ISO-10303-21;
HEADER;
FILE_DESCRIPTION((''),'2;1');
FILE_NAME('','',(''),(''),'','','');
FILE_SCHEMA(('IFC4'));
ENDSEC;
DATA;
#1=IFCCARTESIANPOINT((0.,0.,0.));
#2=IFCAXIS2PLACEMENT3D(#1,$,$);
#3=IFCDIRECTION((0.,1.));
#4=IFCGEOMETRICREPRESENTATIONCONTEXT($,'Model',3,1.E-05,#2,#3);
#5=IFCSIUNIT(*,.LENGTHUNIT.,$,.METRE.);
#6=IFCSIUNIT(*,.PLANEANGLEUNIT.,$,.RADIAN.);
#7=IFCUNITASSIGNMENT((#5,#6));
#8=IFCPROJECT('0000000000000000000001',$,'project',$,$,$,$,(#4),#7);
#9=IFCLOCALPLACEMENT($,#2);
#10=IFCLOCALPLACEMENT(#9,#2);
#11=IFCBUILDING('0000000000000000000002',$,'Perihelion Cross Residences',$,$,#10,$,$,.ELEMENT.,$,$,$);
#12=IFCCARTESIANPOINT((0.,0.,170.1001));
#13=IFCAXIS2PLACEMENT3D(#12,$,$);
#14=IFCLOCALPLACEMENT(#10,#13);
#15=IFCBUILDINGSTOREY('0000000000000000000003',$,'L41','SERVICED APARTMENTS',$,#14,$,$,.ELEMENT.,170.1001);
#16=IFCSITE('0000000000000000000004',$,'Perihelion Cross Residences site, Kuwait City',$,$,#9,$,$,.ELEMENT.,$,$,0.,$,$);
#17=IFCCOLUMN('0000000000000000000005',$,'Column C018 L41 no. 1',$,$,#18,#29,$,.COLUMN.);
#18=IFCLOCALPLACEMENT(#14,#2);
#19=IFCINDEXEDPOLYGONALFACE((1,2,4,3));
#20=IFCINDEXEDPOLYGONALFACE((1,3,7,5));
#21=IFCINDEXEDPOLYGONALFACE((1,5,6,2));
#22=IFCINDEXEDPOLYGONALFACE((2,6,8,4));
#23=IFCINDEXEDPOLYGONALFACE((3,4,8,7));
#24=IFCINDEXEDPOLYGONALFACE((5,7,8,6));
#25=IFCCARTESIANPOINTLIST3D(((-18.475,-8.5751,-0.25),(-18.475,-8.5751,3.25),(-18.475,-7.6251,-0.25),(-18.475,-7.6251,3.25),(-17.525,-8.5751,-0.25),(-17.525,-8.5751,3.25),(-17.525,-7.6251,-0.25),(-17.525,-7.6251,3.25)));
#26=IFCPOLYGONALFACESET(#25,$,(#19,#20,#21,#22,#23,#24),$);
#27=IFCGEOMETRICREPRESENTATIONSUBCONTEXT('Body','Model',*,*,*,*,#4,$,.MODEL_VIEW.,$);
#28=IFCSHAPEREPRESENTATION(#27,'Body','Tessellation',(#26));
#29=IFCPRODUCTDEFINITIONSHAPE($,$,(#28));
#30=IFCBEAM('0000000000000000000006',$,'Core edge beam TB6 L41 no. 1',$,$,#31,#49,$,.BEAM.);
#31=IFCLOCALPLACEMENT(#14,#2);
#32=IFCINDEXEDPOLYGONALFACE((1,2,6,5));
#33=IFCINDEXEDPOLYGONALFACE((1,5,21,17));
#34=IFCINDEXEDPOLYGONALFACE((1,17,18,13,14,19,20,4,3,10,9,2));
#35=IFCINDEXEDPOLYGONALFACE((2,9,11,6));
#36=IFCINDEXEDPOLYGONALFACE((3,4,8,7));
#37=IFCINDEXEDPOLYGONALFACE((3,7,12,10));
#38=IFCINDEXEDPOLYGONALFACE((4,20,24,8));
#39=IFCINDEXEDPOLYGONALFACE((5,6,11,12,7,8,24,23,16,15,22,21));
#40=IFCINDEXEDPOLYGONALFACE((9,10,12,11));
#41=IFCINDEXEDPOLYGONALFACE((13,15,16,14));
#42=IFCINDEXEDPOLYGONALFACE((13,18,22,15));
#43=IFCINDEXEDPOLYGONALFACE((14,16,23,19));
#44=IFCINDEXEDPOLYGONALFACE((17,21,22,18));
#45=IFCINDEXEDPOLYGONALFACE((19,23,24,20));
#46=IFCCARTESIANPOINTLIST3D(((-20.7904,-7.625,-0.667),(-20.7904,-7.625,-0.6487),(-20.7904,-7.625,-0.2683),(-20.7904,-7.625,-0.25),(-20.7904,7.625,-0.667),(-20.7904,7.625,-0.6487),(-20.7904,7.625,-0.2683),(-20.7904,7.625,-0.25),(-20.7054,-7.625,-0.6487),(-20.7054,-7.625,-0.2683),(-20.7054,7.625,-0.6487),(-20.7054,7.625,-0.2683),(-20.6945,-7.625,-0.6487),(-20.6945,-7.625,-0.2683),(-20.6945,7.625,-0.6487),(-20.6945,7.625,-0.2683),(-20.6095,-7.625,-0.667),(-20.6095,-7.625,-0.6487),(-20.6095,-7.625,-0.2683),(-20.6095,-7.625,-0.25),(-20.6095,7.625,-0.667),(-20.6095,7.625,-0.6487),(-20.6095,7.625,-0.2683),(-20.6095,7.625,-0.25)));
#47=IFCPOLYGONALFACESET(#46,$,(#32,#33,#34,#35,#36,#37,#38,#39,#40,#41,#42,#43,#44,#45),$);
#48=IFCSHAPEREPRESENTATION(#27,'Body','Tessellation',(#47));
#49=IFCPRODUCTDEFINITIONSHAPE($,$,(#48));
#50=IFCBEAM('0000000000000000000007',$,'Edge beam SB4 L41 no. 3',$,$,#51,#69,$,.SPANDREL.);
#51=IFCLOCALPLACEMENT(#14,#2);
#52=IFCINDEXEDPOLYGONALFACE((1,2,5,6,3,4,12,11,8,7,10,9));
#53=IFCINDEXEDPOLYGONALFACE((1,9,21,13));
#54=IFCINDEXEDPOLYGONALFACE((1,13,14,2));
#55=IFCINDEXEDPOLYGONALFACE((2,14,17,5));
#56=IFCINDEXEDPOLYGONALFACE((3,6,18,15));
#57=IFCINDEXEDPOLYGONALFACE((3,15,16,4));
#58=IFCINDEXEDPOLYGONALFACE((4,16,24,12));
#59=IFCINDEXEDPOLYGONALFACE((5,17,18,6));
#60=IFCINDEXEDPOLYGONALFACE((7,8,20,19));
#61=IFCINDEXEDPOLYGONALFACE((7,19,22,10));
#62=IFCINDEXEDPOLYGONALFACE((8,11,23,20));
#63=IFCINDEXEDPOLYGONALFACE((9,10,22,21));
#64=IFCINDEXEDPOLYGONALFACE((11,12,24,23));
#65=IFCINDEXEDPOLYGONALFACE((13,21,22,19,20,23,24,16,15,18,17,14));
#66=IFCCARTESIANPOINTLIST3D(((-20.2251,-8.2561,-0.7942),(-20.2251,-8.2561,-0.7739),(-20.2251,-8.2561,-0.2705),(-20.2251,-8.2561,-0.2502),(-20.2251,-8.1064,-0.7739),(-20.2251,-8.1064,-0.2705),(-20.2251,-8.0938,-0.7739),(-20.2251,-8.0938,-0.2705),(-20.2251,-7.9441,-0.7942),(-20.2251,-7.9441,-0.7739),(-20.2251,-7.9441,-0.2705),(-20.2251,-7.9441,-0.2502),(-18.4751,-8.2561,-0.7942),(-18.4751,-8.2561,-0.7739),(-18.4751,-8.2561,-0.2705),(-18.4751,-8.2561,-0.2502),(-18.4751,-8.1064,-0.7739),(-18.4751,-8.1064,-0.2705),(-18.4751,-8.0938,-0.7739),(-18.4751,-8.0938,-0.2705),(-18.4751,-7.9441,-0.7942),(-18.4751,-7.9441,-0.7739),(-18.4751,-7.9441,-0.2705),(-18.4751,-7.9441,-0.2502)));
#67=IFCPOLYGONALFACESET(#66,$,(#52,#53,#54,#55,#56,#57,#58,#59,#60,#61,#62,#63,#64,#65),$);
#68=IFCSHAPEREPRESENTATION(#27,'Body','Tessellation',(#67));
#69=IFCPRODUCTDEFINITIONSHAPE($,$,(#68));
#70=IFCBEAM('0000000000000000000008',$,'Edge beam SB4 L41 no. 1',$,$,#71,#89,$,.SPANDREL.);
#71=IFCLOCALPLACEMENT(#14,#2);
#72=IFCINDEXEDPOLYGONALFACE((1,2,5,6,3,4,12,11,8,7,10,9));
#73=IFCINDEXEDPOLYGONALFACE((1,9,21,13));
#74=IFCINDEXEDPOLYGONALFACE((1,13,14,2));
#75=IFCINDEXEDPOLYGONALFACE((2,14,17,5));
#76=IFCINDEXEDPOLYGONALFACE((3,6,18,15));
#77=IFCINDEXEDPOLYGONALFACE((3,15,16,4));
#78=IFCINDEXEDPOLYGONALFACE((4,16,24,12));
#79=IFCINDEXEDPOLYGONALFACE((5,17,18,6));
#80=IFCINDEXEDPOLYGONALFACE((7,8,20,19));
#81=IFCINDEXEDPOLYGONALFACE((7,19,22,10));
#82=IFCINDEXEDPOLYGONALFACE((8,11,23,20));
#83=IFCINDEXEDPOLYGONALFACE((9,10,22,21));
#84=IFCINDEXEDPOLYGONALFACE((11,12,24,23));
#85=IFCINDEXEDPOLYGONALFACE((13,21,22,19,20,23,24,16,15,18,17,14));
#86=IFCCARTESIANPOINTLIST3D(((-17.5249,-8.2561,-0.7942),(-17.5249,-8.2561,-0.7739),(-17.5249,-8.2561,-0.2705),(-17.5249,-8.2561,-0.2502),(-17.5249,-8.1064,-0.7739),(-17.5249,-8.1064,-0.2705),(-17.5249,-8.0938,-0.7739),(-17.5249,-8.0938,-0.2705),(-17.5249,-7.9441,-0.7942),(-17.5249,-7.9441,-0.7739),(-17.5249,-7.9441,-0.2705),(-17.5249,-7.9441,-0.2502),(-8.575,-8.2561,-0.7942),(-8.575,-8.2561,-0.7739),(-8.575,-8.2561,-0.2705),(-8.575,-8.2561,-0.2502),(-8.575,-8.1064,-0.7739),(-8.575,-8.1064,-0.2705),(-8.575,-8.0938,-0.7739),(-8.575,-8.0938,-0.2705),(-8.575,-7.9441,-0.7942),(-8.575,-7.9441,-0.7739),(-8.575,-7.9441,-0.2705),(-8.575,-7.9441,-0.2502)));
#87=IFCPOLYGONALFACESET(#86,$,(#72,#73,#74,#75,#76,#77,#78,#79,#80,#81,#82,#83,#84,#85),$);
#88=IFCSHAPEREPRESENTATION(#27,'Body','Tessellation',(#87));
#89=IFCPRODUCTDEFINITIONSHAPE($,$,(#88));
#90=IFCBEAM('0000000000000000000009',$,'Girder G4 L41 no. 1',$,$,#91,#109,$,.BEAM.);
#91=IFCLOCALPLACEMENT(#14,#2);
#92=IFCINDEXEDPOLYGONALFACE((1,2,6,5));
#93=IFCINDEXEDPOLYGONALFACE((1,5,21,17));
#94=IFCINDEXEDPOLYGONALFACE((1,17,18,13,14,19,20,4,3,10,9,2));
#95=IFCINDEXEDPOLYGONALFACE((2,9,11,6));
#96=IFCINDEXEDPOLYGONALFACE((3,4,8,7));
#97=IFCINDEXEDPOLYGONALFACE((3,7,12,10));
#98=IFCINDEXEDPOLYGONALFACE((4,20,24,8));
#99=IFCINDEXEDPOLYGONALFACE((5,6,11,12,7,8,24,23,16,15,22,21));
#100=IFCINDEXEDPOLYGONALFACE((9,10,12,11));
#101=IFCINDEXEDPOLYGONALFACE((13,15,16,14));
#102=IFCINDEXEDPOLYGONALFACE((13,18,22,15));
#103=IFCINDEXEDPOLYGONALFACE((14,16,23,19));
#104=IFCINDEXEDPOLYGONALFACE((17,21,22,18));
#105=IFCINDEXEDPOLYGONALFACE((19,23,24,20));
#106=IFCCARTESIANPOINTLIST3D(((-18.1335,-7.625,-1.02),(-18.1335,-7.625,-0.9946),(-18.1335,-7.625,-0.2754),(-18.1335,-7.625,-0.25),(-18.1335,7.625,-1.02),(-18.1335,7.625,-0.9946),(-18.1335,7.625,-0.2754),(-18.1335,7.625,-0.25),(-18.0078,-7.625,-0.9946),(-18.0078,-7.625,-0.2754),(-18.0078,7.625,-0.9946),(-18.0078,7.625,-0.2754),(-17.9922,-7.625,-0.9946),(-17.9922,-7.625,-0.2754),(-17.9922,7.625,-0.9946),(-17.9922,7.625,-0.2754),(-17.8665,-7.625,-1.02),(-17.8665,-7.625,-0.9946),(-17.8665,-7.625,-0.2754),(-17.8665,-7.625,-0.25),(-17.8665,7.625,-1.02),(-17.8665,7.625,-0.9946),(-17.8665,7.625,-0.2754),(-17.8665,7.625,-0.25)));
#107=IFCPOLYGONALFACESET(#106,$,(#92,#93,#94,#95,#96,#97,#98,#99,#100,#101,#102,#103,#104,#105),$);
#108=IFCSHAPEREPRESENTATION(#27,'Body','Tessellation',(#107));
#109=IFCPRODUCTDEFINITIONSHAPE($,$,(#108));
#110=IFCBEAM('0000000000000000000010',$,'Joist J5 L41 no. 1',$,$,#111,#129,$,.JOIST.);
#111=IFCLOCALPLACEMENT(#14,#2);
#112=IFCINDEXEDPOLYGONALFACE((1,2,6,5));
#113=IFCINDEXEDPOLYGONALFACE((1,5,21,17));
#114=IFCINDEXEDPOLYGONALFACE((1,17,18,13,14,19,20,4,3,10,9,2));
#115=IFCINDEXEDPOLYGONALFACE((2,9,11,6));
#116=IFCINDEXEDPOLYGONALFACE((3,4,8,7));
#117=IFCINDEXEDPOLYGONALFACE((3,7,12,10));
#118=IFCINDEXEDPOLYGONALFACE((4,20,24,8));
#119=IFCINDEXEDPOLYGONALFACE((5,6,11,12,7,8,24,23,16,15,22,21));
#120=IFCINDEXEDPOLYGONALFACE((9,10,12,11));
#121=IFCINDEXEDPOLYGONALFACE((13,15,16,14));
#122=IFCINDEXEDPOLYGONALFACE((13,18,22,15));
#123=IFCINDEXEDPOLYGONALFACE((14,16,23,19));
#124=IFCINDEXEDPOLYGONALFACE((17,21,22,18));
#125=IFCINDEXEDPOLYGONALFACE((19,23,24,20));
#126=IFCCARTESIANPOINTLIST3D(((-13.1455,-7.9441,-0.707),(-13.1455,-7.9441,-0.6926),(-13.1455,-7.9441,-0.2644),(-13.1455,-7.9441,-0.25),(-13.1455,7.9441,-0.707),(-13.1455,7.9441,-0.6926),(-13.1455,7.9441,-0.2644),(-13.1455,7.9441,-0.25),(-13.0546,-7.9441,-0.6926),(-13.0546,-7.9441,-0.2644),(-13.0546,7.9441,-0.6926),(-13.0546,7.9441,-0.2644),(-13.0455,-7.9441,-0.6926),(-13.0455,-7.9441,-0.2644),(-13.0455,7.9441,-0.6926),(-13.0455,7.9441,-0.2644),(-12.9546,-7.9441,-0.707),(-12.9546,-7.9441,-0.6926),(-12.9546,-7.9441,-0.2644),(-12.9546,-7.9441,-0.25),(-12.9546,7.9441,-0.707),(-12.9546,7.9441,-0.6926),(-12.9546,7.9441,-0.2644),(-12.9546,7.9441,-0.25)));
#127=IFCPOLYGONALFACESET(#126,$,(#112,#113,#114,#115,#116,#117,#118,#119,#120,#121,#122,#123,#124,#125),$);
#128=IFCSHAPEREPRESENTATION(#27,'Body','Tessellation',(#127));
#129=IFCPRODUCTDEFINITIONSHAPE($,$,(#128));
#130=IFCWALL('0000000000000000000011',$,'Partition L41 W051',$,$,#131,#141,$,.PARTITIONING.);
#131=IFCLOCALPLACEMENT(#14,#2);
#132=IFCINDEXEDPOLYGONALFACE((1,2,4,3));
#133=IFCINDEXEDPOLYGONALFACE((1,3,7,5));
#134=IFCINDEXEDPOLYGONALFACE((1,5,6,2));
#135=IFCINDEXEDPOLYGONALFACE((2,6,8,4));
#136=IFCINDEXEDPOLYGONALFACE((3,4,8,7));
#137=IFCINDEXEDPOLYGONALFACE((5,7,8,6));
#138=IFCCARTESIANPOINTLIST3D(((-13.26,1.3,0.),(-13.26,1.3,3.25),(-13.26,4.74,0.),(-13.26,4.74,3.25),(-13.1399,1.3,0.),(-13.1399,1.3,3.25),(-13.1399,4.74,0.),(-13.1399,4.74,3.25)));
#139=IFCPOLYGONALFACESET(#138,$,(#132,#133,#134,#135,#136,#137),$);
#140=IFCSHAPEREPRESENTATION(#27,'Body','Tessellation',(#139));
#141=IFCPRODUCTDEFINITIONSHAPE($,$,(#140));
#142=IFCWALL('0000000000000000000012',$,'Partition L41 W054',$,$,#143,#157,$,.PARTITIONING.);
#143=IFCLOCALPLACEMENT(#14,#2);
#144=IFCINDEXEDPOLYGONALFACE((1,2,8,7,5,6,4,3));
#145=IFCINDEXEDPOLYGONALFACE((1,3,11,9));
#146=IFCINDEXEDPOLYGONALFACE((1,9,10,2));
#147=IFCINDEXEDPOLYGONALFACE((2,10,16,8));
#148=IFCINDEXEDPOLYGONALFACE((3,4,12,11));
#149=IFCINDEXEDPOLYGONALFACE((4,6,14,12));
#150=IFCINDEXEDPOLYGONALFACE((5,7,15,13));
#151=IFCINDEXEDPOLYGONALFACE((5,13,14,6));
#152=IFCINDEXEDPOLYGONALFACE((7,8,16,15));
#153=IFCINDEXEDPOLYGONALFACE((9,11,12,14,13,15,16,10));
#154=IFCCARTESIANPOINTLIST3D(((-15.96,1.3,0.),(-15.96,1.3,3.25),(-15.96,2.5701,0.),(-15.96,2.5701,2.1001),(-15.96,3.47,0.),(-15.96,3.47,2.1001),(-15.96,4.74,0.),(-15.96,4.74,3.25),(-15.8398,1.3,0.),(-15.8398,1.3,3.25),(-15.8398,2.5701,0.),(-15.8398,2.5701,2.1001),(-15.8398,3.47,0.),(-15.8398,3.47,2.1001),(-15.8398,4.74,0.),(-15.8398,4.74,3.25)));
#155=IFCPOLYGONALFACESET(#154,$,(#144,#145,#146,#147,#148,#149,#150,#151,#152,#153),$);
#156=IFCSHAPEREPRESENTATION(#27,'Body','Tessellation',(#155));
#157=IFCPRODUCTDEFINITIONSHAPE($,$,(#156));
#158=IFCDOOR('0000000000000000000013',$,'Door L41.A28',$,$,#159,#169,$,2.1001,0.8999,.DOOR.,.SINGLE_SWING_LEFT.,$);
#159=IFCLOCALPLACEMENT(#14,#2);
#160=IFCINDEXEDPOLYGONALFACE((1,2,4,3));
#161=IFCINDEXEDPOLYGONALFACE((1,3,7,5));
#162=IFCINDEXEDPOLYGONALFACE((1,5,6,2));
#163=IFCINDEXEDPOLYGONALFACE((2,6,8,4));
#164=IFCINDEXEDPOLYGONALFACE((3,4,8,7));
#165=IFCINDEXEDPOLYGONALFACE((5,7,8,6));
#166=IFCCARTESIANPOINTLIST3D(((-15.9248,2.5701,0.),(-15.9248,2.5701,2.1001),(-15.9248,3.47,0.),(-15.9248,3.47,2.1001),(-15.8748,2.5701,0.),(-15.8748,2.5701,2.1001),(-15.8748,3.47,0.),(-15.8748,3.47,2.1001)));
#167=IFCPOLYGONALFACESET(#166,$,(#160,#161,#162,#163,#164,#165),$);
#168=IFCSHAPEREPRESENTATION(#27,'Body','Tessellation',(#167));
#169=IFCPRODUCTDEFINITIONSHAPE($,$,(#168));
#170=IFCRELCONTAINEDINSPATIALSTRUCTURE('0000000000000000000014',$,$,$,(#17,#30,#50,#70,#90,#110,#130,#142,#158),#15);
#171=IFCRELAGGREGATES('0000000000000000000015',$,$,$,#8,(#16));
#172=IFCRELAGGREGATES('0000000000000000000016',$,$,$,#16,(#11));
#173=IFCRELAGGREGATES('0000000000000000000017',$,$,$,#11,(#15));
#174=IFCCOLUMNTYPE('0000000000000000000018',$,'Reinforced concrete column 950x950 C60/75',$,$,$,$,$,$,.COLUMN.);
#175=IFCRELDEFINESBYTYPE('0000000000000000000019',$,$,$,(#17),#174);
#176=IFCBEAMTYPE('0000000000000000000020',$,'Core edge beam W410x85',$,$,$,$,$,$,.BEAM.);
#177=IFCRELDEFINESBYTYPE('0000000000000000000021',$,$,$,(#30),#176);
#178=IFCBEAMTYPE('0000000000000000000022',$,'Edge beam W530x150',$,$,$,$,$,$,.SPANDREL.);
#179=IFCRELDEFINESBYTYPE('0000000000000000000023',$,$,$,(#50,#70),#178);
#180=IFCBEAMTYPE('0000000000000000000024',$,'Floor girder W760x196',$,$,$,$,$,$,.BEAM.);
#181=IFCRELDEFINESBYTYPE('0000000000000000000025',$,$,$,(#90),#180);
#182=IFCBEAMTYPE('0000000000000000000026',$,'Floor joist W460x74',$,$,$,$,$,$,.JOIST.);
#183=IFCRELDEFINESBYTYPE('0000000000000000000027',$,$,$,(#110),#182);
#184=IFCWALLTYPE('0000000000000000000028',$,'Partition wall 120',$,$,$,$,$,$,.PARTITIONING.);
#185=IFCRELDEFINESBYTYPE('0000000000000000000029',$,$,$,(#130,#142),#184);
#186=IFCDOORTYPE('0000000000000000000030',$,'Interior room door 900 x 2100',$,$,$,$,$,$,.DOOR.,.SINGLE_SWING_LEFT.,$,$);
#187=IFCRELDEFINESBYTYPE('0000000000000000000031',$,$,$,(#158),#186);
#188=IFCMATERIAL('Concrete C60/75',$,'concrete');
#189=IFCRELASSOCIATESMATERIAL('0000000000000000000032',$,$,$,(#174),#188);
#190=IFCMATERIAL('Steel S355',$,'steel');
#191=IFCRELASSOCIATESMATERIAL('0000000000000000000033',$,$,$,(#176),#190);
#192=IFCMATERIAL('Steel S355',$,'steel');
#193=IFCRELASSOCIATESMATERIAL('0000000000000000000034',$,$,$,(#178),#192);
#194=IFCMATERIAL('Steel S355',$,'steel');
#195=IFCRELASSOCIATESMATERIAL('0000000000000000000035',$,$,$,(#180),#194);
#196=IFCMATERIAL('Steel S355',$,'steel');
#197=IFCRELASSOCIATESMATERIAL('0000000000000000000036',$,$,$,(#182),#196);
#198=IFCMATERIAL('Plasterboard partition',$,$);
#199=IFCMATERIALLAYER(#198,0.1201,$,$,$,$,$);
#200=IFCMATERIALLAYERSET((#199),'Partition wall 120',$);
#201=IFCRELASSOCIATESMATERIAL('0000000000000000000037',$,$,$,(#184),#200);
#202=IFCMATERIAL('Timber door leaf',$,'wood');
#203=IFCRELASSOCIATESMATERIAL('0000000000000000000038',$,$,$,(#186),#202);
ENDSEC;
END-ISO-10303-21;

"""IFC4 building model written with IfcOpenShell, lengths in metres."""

from ifc_helpers import new_model, si_unit, direction, frame, frame_2d, origin, origin_2d, place, context, subcontext, project, spatial, rectangle, i_section, extrude, material, layer, layer_set, material_profile, profile_set, type_object, element, fill, save


model = new_model("IFC4")

# Units and contexts
model_context = context("Model", 3, precision=1e-05, world=origin(), true_north=direction((0.0, 1.0)))
body_context = subcontext(model_context, "Body", "Model", "MODEL_VIEW")
ifc_project = project(units=[si_unit("LENGTHUNIT", "METRE"), si_unit("PLANEANGLEUNIT", "RADIAN")], contexts=[model_context])

# Site, building, storey
site_placement = place(None, origin())
site = spatial("IfcSite", under=ifc_project, at=site_placement, Name="Perihelion Cross Residences site, Kuwait City", CompositionType="ELEMENT", RefElevation=0.0)
building_placement = place(site_placement, origin())
building = spatial("IfcBuilding", under=site, at=building_placement, Name="Perihelion Cross Residences", CompositionType="ELEMENT")
storey_placement = place(building_placement, frame((0.0, 0.0, 170.1001)))
storey = spatial("IfcBuildingStorey", under=building, at=storey_placement, Name="L41", Description="SERVICED APARTMENTS", CompositionType="ELEMENT", Elevation=170.1001)

# Column
ifc_material_1 = material(Name="Concrete C60/75", Category="concrete")
ifc_material_profile_1 = material_profile(ifc_material_1, rectangle(XDim=0.95, YDim=0.95, at=origin_2d()), Name="RC 950x950")
ifc_profile_set_1 = profile_set([ifc_material_profile_1], Name="Concrete C60/75")
column_type = type_object("IfcColumnType", Name="Reinforced concrete column 950x950 C60/75", PredefinedType="COLUMN", material=ifc_profile_set_1)
column_placement = place(storey_placement, frame((-18.0, -8.1001, -0.25), z_axis=(0.0, 0.0, 1.0), x_axis=(1.0, 0.0, 0.0)))
element("IfcColumn", 1, at=column_placement, inside=storey, type_object=column_type, Name="Column C018 L41 no. 1", PredefinedType="COLUMN", context=body_context, shape_type="SweptSolid", body=[
    extrude(rectangle(XDim=0.95, YDim=0.95, at=origin_2d()), origin(), (0.0, 0.0, 1.0), 3.5),
])

# Beams
ifc_material_2 = material(Name="Steel S355", Category="steel")
ifc_material_profile_2 = material_profile(ifc_material_2, i_section(OverallWidth=0.1809, OverallDepth=0.417, WebThickness=0.011, FlangeThickness=0.0183, at=origin_2d()), Name="W410x85")
ifc_profile_set_2 = profile_set([ifc_material_profile_2], Name="Steel S355")
beam_type_1 = type_object("IfcBeamType", Name="Core edge beam W410x85", PredefinedType="BEAM", material=ifc_profile_set_2)
beam_1_placement = place(storey_placement, frame((-20.7, -7.625, -0.4585), z_axis=(0.0, 1.0, 0.0), x_axis=(-1.0, 0.0, 0.0)))
element("IfcBeam", 2, at=beam_1_placement, inside=storey, type_object=beam_type_1, Name="Core edge beam TB6 L41 no. 1", PredefinedType="BEAM", context=body_context, shape_type="SweptSolid", body=[
    extrude(i_section(OverallWidth=0.1809, OverallDepth=0.417, WebThickness=0.011, FlangeThickness=0.0183, at=origin_2d()), origin(), (0.0, 0.0, 1.0), 15.25),
])
ifc_material_3 = material(Name="Steel S355", Category="steel")
ifc_material_profile_3 = material_profile(ifc_material_3, i_section(OverallWidth=0.312, OverallDepth=0.5439, WebThickness=0.0127, FlangeThickness=0.0203, at=origin_2d()), Name="W530x150")
ifc_profile_set_3 = profile_set([ifc_material_profile_3], Name="Steel S355")
beam_type_2 = type_object("IfcBeamType", Name="Edge beam W530x150", PredefinedType="SPANDREL", material=ifc_profile_set_3)
beam_2_placement = place(storey_placement, frame((-20.2251, -8.1001, -0.5222), z_axis=(1.0, 0.0, 0.0), x_axis=(0.0, 1.0, 0.0)))
element("IfcBeam", 3, at=beam_2_placement, inside=storey, type_object=beam_type_2, Name="Edge beam SB4 L41 no. 3", PredefinedType="SPANDREL", context=body_context, shape_type="SweptSolid", body=[
    extrude(i_section(OverallWidth=0.312, OverallDepth=0.5439, WebThickness=0.0127, FlangeThickness=0.0203, at=origin_2d()), origin(), (0.0, 0.0, 1.0), 1.75),
])
beam_3_placement = place(storey_placement, frame((-17.5249, -8.1001, -0.5222), z_axis=(1.0, 0.0, 0.0), x_axis=(0.0, 1.0, 0.0)))
element("IfcBeam", 4, at=beam_3_placement, inside=storey, type_object=beam_type_2, Name="Edge beam SB4 L41 no. 1", PredefinedType="SPANDREL", context=body_context, shape_type="SweptSolid", body=[
    extrude(i_section(OverallWidth=0.312, OverallDepth=0.5439, WebThickness=0.0127, FlangeThickness=0.0203, at=origin_2d()), origin(), (0.0, 0.0, 1.0), 8.95),
])
ifc_material_4 = material(Name="Steel S355", Category="steel")
ifc_material_profile_4 = material_profile(ifc_material_4, i_section(OverallWidth=0.2671, OverallDepth=0.77, WebThickness=0.0156, FlangeThickness=0.0254, at=origin_2d()), Name="W760x196")
ifc_profile_set_4 = profile_set([ifc_material_profile_4], Name="Steel S355")
beam_type_3 = type_object("IfcBeamType", Name="Floor girder W760x196", PredefinedType="BEAM", material=ifc_profile_set_4)
beam_4_placement = place(storey_placement, frame((-18.0, -7.625, -0.635), z_axis=(0.0, 1.0, 0.0), x_axis=(-1.0, 0.0, 0.0)))
element("IfcBeam", 5, at=beam_4_placement, inside=storey, type_object=beam_type_3, Name="Girder G4 L41 no. 1", PredefinedType="BEAM", context=body_context, shape_type="SweptSolid", body=[
    extrude(i_section(OverallWidth=0.2671, OverallDepth=0.77, WebThickness=0.0156, FlangeThickness=0.0254, at=origin_2d()), origin(), (0.0, 0.0, 1.0), 15.25),
])
ifc_material_5 = material(Name="Steel S355", Category="steel")
ifc_material_profile_5 = material_profile(ifc_material_5, i_section(OverallWidth=0.1909, OverallDepth=0.457, WebThickness=0.009, FlangeThickness=0.0144, at=origin_2d()), Name="W460x74")
ifc_profile_set_5 = profile_set([ifc_material_profile_5], Name="Steel S355")
beam_type_4 = type_object("IfcBeamType", Name="Floor joist W460x74", PredefinedType="JOIST", material=ifc_profile_set_5)
beam_5_placement = place(storey_placement, frame((-13.05, -7.9441, -0.4785), z_axis=(0.0, 1.0, 0.0), x_axis=(-1.0, 0.0, 0.0)))
element("IfcBeam", 6, at=beam_5_placement, inside=storey, type_object=beam_type_4, Name="Joist J5 L41 no. 1", PredefinedType="JOIST", context=body_context, shape_type="SweptSolid", body=[
    extrude(i_section(OverallWidth=0.1909, OverallDepth=0.457, WebThickness=0.009, FlangeThickness=0.0144, at=origin_2d()), origin(), (0.0, 0.0, 1.0), 15.8882),
])

# Wall
ifc_material_6 = material(Name="Plasterboard partition")
ifc_layer_1 = layer(ifc_material_6, 0.1201)
ifc_layer_set_1 = layer_set([ifc_layer_1], Name="Partition wall 120")
wall_type_1 = type_object("IfcWallType", Name="Partition wall 120", PredefinedType="PARTITIONING", material=ifc_layer_set_1)
wall_1_placement = place(storey_placement, frame((-13.2, 1.3, 0.0), z_axis=(0.0, 0.0, 1.0), x_axis=(0.0, 1.0, 0.0)))
element("IfcWall", 7, at=wall_1_placement, inside=storey, type_object=wall_type_1, Name="Partition L41 W051", PredefinedType="PARTITIONING", context=body_context, shape_type="SweptSolid", body=[
    extrude(rectangle(XDim=3.4399, YDim=0.1201, at=frame_2d((1.72, 0.0))), origin(), (0.0, 0.0, 1.0), 3.25),
])

# Wall, opening, door
wall_2_placement = place(storey_placement, frame((-15.8999, 1.3, 0.0), z_axis=(0.0, 0.0, 1.0), x_axis=(0.0, 1.0, 0.0)))
wall_2 = element("IfcWall", 8, at=wall_2_placement, inside=storey, type_object=wall_type_1, Name="Partition L41 W054", PredefinedType="PARTITIONING", context=body_context, shape_type="SweptSolid", body=[
    extrude(rectangle(XDim=3.4399, YDim=0.1201, at=frame_2d((1.72, 0.0))), origin(), (0.0, 0.0, 1.0), 3.25),
])
opening_1_placement = place(wall_2_placement, frame((1.27, 0.0, 0.0)))
opening_1 = element("IfcOpeningElement", 9, at=opening_1_placement, cuts=wall_2, PredefinedType="OPENING", context=body_context, shape_type="SweptSolid", body=[
    extrude(rectangle(XDim=0.8999, YDim=2.1001, at=frame_2d((0.45, 1.05))), frame((0.0, 0.0701, 0.0), z_axis=(0.0, -1.0, 0.0), x_axis=(1.0, 0.0, 0.0)), (0.0, 0.0, 1.0), 0.1401),
])
ifc_material_7 = material(Name="Timber door leaf", Category="wood")
door_type_1 = type_object("IfcDoorType", Name="Interior room door 900 x 2100", OperationType="SINGLE_SWING_LEFT", PredefinedType="DOOR", material=ifc_material_7)
door_1_placement = place(opening_1_placement, origin())
door_1 = element("IfcDoor", 10, at=door_1_placement, inside=storey, type_object=door_type_1, Name="Door L41.A28", OperationType="SINGLE_SWING_LEFT", OverallHeight=2.1001, OverallWidth=0.8999, PredefinedType="DOOR", context=body_context, shape_type="SweptSolid", body=[
    extrude(rectangle(XDim=0.8999, YDim=2.1001, at=frame_2d((0.45, 1.05))), frame((0.0, 0.0249, 0.0), z_axis=(0.0, -1.0, 0.0), x_axis=(1.0, 0.0, 0.0)), (0.0, 0.0, 1.0), 0.05),
])
fill(opening_1, door_1)

save(model, "model.ifc")
